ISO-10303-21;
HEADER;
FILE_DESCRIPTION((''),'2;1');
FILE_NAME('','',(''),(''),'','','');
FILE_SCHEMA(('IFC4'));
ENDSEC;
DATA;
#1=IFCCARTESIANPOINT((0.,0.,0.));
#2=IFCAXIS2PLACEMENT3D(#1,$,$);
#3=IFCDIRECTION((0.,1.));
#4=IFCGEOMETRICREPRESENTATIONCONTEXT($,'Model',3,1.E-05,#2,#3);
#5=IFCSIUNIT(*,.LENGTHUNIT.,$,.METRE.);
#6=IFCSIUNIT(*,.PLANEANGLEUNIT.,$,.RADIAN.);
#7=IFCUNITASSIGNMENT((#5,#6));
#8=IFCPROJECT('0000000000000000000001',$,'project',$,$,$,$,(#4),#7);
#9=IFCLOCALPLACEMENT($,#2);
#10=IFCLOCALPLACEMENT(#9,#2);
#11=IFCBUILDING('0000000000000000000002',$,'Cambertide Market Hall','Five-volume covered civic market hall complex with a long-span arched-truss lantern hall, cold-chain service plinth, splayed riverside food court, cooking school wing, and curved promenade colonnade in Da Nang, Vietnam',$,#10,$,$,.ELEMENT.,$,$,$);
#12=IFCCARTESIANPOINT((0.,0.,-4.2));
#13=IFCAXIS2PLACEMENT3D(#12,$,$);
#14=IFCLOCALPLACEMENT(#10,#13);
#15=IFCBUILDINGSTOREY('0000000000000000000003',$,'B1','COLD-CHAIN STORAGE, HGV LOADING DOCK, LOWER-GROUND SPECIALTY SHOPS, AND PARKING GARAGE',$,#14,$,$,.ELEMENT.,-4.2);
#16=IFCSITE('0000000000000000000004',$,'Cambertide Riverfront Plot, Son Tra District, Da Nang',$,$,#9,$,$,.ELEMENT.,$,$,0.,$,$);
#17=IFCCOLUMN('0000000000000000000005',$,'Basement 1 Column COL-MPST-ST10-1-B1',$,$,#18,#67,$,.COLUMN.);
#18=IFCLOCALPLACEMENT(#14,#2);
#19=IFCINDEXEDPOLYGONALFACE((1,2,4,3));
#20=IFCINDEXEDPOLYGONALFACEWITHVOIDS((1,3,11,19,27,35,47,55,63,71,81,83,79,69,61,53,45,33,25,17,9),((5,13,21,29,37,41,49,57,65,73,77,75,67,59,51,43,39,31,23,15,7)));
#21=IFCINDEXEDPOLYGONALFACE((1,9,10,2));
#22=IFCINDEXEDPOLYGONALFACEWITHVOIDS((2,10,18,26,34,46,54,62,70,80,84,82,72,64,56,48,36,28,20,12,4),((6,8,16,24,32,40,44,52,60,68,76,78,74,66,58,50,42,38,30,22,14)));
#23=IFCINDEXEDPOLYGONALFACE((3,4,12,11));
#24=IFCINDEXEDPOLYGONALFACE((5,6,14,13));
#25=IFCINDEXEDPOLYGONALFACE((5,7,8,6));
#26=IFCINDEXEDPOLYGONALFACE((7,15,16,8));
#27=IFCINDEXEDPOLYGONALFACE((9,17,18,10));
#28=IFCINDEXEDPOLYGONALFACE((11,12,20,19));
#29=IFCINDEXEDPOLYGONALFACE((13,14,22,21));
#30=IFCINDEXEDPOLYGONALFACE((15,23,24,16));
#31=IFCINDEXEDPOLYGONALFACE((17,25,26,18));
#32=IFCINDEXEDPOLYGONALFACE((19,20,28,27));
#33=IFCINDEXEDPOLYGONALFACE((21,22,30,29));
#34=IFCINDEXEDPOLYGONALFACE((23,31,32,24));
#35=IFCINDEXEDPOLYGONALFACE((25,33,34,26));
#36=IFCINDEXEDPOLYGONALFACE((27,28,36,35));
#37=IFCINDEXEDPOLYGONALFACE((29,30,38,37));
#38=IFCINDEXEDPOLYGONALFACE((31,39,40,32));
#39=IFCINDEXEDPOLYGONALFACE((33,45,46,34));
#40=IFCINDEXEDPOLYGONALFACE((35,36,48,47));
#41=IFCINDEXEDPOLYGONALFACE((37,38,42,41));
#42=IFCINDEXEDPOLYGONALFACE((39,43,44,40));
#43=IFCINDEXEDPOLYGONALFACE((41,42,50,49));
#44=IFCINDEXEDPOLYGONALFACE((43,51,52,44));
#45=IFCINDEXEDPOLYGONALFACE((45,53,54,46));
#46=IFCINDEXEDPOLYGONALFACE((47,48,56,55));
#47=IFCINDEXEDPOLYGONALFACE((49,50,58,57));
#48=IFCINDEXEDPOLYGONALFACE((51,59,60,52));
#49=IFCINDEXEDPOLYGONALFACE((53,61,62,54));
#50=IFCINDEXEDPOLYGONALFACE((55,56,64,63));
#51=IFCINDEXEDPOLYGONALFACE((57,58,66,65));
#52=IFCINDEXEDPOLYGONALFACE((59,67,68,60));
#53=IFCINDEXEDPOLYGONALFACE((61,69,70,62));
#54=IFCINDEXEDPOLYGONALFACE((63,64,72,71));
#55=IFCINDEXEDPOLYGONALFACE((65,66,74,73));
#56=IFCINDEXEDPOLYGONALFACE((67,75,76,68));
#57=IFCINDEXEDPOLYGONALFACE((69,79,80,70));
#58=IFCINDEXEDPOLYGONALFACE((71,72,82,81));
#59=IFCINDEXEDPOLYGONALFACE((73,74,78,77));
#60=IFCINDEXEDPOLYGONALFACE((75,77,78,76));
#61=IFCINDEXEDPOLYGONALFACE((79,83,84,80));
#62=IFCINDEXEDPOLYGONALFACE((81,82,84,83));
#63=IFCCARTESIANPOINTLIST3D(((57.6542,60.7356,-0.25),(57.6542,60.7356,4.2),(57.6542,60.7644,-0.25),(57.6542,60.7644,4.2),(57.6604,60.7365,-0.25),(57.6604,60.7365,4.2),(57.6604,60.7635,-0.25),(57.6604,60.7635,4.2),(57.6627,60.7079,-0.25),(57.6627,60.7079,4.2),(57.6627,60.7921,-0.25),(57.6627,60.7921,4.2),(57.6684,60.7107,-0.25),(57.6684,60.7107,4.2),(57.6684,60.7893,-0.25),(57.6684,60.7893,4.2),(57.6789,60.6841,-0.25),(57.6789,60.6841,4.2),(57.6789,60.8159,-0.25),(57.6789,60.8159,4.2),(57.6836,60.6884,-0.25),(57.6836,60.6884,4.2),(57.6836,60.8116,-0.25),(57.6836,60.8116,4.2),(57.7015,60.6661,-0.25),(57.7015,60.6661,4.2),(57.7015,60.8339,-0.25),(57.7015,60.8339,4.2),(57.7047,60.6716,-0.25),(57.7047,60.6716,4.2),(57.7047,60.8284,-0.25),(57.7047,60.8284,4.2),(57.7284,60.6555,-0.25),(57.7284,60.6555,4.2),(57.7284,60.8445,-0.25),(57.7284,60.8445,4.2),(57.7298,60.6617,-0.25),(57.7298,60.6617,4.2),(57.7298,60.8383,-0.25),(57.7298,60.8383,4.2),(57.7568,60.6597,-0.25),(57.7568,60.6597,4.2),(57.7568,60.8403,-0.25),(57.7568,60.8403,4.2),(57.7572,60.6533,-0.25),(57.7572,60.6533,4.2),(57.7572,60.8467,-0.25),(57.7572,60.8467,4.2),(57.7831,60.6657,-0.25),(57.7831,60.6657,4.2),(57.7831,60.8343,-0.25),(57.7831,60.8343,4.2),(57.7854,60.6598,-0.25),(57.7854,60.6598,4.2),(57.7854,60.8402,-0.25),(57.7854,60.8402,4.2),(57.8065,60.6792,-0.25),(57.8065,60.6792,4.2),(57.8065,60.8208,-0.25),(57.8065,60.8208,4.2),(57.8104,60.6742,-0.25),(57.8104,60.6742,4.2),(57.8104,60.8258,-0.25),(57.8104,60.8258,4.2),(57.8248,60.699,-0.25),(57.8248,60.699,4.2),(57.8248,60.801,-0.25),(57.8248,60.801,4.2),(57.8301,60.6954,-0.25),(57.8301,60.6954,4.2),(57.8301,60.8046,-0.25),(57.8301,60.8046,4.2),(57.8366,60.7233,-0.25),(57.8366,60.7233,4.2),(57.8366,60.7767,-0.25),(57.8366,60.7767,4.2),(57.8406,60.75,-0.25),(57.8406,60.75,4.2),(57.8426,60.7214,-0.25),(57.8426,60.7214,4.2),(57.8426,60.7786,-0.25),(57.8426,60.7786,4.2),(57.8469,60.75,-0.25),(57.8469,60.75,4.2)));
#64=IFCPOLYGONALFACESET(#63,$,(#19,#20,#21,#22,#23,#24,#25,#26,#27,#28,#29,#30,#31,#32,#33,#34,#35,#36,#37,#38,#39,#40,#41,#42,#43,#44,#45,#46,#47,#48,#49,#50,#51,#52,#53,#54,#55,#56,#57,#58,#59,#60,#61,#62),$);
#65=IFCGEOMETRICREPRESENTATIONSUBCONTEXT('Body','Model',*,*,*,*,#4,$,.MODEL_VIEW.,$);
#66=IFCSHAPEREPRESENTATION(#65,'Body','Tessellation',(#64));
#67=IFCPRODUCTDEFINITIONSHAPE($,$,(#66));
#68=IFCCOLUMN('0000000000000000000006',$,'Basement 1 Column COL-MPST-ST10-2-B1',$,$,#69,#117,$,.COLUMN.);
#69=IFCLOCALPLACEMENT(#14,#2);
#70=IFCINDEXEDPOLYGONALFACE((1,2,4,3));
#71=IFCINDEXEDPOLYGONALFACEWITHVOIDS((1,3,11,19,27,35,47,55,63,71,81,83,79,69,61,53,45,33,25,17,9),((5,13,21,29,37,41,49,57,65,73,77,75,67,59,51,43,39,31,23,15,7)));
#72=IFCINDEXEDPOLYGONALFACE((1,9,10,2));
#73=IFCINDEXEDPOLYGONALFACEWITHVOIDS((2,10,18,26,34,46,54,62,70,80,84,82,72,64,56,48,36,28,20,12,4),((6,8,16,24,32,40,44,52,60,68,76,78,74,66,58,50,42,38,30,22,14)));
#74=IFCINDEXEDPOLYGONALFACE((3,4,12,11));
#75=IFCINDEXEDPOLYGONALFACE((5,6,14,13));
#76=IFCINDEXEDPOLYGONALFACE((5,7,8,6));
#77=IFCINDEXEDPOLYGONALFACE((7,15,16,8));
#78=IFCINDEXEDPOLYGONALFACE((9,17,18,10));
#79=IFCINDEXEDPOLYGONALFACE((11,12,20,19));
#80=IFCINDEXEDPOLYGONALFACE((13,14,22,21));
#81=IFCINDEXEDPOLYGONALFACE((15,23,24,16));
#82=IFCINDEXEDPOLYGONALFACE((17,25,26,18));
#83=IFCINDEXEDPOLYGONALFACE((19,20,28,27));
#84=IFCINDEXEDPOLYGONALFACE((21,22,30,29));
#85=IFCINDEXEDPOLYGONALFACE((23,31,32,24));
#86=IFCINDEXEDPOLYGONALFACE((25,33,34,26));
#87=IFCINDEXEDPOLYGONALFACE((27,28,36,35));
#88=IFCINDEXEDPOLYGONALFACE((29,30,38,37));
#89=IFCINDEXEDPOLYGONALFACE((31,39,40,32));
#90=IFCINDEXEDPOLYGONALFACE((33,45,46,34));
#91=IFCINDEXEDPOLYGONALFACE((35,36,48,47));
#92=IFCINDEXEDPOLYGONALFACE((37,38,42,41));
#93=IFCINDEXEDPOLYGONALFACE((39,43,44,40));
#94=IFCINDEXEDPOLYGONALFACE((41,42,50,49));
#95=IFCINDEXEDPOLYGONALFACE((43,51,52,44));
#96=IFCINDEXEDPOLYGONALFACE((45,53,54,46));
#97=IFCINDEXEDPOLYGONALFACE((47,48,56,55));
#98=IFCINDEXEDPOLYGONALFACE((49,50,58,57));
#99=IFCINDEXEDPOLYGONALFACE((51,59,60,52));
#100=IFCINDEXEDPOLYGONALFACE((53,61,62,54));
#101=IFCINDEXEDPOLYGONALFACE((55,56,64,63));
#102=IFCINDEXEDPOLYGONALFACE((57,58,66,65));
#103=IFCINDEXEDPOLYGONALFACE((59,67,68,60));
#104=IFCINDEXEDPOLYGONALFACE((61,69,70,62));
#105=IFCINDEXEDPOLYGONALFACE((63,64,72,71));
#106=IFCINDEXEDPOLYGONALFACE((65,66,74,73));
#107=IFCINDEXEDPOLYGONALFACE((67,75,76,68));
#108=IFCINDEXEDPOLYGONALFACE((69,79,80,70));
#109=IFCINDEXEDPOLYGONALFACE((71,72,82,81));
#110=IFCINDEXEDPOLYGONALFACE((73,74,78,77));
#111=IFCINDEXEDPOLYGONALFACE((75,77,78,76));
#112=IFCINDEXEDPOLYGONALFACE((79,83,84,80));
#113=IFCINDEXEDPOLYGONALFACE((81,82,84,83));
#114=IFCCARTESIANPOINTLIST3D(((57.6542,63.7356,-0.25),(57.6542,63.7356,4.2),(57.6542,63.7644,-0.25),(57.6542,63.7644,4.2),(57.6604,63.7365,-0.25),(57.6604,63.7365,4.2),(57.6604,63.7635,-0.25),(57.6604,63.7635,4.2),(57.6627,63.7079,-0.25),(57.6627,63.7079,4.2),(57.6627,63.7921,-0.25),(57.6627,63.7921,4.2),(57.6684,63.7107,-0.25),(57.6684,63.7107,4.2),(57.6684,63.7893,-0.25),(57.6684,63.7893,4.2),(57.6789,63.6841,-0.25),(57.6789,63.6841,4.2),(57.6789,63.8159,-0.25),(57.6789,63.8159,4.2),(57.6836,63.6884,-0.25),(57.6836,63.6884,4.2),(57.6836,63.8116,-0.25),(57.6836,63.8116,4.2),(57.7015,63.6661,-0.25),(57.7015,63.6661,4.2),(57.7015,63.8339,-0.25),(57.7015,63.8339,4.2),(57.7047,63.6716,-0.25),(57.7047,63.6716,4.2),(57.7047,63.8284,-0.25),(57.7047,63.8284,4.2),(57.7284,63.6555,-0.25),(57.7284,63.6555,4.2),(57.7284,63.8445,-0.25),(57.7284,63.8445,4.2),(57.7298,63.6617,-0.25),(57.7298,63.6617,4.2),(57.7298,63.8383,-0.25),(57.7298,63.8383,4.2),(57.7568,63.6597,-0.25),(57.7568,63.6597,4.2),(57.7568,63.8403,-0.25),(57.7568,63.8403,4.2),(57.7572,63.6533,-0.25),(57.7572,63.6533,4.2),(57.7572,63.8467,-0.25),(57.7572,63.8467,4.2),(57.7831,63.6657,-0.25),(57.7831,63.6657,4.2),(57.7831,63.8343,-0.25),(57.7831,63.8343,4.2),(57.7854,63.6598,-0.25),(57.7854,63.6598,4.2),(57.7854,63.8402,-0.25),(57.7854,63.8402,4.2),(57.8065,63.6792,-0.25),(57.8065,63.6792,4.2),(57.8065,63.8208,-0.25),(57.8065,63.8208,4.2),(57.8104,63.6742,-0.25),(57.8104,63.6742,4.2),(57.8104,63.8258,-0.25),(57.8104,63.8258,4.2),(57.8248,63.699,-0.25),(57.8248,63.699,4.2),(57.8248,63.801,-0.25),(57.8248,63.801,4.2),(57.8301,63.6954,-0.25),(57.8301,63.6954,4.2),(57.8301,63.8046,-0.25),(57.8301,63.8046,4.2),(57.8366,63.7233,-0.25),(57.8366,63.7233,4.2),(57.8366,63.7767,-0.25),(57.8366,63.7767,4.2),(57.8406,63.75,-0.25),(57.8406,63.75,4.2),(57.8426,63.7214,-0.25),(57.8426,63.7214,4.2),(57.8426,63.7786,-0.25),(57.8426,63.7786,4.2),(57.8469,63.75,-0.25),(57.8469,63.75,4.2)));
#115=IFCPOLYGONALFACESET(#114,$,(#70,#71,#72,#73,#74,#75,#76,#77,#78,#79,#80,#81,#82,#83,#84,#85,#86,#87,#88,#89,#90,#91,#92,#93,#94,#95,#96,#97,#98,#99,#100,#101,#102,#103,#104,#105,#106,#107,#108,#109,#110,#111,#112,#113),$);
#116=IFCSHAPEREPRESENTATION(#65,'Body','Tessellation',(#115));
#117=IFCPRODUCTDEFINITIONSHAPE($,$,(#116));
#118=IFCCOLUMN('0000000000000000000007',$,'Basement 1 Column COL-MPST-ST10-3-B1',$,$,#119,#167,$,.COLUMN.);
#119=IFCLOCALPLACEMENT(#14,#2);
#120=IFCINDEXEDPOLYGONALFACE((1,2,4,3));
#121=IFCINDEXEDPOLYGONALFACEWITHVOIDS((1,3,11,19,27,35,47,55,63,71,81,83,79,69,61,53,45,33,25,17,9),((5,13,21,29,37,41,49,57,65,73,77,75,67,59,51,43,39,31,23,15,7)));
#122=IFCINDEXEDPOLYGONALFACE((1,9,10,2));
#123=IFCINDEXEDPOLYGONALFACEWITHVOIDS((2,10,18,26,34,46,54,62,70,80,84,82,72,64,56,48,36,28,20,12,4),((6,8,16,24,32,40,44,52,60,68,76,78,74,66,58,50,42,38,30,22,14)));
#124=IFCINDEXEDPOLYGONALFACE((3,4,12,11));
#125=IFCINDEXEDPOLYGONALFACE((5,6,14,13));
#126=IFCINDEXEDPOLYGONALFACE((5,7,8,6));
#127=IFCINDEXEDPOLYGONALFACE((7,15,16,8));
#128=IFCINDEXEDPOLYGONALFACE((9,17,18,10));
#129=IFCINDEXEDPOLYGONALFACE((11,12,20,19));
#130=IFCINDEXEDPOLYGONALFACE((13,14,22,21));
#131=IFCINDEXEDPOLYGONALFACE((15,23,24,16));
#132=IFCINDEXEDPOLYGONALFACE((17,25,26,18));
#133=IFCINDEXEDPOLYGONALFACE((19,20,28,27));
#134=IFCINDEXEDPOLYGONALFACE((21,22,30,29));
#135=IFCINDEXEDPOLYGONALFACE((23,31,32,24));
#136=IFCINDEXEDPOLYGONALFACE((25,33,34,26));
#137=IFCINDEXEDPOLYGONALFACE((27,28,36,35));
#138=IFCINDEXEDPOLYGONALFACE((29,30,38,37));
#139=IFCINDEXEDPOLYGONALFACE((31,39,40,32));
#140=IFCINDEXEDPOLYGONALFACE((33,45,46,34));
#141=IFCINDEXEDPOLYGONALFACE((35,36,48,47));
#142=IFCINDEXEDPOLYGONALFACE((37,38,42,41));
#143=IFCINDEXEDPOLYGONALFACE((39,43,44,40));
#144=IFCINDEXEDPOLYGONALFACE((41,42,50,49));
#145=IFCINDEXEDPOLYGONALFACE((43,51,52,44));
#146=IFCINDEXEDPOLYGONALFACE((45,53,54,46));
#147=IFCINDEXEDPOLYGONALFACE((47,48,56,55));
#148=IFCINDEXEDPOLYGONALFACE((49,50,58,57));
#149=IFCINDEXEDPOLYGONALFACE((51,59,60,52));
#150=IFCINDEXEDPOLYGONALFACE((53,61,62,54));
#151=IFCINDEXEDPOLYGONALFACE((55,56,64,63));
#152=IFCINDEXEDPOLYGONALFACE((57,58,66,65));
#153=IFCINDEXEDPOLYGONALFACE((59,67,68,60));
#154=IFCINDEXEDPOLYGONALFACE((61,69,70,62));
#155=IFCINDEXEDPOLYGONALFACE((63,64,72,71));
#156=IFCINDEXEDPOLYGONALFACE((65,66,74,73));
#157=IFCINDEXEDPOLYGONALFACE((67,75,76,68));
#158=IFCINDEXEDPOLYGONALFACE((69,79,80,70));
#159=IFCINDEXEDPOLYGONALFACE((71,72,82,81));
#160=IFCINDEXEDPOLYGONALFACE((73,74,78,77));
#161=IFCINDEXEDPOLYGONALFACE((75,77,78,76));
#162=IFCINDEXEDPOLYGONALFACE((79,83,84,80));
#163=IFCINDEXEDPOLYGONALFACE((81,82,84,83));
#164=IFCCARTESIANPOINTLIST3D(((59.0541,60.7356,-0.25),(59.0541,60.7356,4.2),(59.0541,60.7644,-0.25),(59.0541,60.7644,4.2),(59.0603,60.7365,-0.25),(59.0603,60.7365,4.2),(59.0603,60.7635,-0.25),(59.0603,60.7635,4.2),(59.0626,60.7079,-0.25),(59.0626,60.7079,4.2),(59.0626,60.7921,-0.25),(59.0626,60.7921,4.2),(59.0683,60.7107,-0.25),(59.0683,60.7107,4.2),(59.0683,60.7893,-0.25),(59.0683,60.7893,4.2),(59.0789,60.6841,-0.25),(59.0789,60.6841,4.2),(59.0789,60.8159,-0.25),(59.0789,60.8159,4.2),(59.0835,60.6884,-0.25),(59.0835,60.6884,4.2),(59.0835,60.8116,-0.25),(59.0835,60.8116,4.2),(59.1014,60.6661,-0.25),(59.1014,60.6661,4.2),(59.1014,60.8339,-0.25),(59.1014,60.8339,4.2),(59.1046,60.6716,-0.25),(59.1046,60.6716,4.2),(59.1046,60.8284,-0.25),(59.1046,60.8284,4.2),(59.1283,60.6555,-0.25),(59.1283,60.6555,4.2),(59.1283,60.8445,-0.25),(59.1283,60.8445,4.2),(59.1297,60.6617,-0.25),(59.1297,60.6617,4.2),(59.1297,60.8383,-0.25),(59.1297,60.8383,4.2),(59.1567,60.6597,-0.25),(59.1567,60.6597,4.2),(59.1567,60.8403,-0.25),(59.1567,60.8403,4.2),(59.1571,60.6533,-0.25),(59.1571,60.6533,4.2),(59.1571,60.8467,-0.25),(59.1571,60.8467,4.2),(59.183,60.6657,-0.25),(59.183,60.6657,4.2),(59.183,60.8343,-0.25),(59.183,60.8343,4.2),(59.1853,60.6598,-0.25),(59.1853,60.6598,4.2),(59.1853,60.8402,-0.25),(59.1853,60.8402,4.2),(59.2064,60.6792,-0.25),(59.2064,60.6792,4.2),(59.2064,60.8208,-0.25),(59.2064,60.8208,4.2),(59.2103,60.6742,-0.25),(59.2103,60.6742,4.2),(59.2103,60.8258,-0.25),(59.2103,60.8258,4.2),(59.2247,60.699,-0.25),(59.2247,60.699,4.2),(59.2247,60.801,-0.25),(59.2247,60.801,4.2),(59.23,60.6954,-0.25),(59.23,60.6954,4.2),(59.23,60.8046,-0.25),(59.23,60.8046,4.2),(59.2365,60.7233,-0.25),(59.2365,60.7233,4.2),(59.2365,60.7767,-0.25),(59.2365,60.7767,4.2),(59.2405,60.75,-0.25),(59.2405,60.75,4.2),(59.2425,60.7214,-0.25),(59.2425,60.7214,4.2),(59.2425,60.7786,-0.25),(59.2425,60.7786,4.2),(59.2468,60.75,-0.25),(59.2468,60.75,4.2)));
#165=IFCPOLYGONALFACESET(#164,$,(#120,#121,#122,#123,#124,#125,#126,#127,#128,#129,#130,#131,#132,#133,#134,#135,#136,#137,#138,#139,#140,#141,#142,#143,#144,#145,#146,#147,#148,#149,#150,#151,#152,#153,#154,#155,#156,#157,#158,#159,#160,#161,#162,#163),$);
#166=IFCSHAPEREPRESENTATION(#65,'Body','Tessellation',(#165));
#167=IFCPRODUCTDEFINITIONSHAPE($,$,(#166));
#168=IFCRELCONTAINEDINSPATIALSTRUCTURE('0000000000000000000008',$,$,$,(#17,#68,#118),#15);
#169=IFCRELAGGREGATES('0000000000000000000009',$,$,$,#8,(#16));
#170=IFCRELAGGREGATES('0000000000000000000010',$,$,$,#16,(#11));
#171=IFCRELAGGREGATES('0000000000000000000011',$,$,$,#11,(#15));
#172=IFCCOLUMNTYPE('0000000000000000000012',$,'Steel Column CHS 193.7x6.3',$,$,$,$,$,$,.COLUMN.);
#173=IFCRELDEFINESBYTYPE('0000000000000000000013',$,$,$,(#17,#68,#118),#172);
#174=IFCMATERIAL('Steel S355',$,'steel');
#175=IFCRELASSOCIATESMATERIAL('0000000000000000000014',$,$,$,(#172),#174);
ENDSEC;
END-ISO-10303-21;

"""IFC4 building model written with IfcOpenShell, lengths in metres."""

from ifc_helpers import new_model, si_unit, direction, frame, origin, origin_2d, place, context, subcontext, project, spatial, hollow_circle, extrude, material, material_profile, profile_set, type_object, element, save


model = new_model("IFC4")

# Units and contexts
model_context = context("Model", 3, precision=1e-05, world=origin(), true_north=direction((0.0, 1.0)))
body_context = subcontext(model_context, "Body", "Model", "MODEL_VIEW")
ifc_project = project(units=[si_unit("LENGTHUNIT", "METRE"), si_unit("PLANEANGLEUNIT", "RADIAN")], contexts=[model_context])

# Site, building, storey
site_placement = place(None, origin())
site = spatial("IfcSite", under=ifc_project, at=site_placement, Name="Cambertide Riverfront Plot, Son Tra District, Da Nang", CompositionType="ELEMENT", RefElevation=0.0)
building_placement = place(site_placement, origin())
building = spatial("IfcBuilding", under=site, at=building_placement, Name="Cambertide Market Hall", Description="Five-volume covered civic market hall complex with a long-span arched-truss lantern hall, cold-chain service plinth, splayed riverside food court, cooking school wing, and curved promenade colonnade in Da Nang, Vietnam", CompositionType="ELEMENT")
storey_placement = place(building_placement, frame((0.0, 0.0, -4.2)))
storey = spatial("IfcBuildingStorey", under=building, at=storey_placement, Name="B1", Description="COLD-CHAIN STORAGE, HGV LOADING DOCK, LOWER-GROUND SPECIALTY SHOPS, AND PARKING GARAGE", CompositionType="ELEMENT", Elevation=-4.2)

# Columns
ifc_material_1 = material(Name="Steel S355", Category="steel")
ifc_material_profile_1 = material_profile(ifc_material_1, hollow_circle(Radius=0.0969, WallThickness=0.0063, at=origin_2d()), Name="CHS 193.7x6.3")
ifc_profile_set_1 = profile_set([ifc_material_profile_1], Name="Steel S355")
column_type_1 = type_object("IfcColumnType", Name="Steel Column CHS 193.7x6.3", PredefinedType="COLUMN", material=ifc_profile_set_1)
for number, where, z_axis, x_axis, name in (
    (1, (57.75, 60.75, -0.25), (0.0, 0.0, 1.0), (1.0, 0.0, 0.0), "Basement 1 Column COL-MPST-ST10-1-B1"),
    (2, (57.75, 63.75, -0.25), (0.0, 0.0, 1.0), (1.0, 0.0, 0.0), "Basement 1 Column COL-MPST-ST10-2-B1"),
    (3, (59.1499, 60.75, -0.25), (0.0, 0.0, 1.0), (1.0, 0.0, 0.0), "Basement 1 Column COL-MPST-ST10-3-B1"),
):
    element("IfcColumn", number, at=place(storey_placement, frame(where, z_axis=z_axis, x_axis=x_axis)), inside=storey, type_object=column_type_1, Name=name, PredefinedType="COLUMN", context=body_context, shape_type="SweptSolid", body=[
        extrude(hollow_circle(Radius=0.0969, WallThickness=0.0063, at=origin_2d()), origin(), (0.0, 0.0, 1.0), 4.45),
    ])

save(model, "model.ifc")
